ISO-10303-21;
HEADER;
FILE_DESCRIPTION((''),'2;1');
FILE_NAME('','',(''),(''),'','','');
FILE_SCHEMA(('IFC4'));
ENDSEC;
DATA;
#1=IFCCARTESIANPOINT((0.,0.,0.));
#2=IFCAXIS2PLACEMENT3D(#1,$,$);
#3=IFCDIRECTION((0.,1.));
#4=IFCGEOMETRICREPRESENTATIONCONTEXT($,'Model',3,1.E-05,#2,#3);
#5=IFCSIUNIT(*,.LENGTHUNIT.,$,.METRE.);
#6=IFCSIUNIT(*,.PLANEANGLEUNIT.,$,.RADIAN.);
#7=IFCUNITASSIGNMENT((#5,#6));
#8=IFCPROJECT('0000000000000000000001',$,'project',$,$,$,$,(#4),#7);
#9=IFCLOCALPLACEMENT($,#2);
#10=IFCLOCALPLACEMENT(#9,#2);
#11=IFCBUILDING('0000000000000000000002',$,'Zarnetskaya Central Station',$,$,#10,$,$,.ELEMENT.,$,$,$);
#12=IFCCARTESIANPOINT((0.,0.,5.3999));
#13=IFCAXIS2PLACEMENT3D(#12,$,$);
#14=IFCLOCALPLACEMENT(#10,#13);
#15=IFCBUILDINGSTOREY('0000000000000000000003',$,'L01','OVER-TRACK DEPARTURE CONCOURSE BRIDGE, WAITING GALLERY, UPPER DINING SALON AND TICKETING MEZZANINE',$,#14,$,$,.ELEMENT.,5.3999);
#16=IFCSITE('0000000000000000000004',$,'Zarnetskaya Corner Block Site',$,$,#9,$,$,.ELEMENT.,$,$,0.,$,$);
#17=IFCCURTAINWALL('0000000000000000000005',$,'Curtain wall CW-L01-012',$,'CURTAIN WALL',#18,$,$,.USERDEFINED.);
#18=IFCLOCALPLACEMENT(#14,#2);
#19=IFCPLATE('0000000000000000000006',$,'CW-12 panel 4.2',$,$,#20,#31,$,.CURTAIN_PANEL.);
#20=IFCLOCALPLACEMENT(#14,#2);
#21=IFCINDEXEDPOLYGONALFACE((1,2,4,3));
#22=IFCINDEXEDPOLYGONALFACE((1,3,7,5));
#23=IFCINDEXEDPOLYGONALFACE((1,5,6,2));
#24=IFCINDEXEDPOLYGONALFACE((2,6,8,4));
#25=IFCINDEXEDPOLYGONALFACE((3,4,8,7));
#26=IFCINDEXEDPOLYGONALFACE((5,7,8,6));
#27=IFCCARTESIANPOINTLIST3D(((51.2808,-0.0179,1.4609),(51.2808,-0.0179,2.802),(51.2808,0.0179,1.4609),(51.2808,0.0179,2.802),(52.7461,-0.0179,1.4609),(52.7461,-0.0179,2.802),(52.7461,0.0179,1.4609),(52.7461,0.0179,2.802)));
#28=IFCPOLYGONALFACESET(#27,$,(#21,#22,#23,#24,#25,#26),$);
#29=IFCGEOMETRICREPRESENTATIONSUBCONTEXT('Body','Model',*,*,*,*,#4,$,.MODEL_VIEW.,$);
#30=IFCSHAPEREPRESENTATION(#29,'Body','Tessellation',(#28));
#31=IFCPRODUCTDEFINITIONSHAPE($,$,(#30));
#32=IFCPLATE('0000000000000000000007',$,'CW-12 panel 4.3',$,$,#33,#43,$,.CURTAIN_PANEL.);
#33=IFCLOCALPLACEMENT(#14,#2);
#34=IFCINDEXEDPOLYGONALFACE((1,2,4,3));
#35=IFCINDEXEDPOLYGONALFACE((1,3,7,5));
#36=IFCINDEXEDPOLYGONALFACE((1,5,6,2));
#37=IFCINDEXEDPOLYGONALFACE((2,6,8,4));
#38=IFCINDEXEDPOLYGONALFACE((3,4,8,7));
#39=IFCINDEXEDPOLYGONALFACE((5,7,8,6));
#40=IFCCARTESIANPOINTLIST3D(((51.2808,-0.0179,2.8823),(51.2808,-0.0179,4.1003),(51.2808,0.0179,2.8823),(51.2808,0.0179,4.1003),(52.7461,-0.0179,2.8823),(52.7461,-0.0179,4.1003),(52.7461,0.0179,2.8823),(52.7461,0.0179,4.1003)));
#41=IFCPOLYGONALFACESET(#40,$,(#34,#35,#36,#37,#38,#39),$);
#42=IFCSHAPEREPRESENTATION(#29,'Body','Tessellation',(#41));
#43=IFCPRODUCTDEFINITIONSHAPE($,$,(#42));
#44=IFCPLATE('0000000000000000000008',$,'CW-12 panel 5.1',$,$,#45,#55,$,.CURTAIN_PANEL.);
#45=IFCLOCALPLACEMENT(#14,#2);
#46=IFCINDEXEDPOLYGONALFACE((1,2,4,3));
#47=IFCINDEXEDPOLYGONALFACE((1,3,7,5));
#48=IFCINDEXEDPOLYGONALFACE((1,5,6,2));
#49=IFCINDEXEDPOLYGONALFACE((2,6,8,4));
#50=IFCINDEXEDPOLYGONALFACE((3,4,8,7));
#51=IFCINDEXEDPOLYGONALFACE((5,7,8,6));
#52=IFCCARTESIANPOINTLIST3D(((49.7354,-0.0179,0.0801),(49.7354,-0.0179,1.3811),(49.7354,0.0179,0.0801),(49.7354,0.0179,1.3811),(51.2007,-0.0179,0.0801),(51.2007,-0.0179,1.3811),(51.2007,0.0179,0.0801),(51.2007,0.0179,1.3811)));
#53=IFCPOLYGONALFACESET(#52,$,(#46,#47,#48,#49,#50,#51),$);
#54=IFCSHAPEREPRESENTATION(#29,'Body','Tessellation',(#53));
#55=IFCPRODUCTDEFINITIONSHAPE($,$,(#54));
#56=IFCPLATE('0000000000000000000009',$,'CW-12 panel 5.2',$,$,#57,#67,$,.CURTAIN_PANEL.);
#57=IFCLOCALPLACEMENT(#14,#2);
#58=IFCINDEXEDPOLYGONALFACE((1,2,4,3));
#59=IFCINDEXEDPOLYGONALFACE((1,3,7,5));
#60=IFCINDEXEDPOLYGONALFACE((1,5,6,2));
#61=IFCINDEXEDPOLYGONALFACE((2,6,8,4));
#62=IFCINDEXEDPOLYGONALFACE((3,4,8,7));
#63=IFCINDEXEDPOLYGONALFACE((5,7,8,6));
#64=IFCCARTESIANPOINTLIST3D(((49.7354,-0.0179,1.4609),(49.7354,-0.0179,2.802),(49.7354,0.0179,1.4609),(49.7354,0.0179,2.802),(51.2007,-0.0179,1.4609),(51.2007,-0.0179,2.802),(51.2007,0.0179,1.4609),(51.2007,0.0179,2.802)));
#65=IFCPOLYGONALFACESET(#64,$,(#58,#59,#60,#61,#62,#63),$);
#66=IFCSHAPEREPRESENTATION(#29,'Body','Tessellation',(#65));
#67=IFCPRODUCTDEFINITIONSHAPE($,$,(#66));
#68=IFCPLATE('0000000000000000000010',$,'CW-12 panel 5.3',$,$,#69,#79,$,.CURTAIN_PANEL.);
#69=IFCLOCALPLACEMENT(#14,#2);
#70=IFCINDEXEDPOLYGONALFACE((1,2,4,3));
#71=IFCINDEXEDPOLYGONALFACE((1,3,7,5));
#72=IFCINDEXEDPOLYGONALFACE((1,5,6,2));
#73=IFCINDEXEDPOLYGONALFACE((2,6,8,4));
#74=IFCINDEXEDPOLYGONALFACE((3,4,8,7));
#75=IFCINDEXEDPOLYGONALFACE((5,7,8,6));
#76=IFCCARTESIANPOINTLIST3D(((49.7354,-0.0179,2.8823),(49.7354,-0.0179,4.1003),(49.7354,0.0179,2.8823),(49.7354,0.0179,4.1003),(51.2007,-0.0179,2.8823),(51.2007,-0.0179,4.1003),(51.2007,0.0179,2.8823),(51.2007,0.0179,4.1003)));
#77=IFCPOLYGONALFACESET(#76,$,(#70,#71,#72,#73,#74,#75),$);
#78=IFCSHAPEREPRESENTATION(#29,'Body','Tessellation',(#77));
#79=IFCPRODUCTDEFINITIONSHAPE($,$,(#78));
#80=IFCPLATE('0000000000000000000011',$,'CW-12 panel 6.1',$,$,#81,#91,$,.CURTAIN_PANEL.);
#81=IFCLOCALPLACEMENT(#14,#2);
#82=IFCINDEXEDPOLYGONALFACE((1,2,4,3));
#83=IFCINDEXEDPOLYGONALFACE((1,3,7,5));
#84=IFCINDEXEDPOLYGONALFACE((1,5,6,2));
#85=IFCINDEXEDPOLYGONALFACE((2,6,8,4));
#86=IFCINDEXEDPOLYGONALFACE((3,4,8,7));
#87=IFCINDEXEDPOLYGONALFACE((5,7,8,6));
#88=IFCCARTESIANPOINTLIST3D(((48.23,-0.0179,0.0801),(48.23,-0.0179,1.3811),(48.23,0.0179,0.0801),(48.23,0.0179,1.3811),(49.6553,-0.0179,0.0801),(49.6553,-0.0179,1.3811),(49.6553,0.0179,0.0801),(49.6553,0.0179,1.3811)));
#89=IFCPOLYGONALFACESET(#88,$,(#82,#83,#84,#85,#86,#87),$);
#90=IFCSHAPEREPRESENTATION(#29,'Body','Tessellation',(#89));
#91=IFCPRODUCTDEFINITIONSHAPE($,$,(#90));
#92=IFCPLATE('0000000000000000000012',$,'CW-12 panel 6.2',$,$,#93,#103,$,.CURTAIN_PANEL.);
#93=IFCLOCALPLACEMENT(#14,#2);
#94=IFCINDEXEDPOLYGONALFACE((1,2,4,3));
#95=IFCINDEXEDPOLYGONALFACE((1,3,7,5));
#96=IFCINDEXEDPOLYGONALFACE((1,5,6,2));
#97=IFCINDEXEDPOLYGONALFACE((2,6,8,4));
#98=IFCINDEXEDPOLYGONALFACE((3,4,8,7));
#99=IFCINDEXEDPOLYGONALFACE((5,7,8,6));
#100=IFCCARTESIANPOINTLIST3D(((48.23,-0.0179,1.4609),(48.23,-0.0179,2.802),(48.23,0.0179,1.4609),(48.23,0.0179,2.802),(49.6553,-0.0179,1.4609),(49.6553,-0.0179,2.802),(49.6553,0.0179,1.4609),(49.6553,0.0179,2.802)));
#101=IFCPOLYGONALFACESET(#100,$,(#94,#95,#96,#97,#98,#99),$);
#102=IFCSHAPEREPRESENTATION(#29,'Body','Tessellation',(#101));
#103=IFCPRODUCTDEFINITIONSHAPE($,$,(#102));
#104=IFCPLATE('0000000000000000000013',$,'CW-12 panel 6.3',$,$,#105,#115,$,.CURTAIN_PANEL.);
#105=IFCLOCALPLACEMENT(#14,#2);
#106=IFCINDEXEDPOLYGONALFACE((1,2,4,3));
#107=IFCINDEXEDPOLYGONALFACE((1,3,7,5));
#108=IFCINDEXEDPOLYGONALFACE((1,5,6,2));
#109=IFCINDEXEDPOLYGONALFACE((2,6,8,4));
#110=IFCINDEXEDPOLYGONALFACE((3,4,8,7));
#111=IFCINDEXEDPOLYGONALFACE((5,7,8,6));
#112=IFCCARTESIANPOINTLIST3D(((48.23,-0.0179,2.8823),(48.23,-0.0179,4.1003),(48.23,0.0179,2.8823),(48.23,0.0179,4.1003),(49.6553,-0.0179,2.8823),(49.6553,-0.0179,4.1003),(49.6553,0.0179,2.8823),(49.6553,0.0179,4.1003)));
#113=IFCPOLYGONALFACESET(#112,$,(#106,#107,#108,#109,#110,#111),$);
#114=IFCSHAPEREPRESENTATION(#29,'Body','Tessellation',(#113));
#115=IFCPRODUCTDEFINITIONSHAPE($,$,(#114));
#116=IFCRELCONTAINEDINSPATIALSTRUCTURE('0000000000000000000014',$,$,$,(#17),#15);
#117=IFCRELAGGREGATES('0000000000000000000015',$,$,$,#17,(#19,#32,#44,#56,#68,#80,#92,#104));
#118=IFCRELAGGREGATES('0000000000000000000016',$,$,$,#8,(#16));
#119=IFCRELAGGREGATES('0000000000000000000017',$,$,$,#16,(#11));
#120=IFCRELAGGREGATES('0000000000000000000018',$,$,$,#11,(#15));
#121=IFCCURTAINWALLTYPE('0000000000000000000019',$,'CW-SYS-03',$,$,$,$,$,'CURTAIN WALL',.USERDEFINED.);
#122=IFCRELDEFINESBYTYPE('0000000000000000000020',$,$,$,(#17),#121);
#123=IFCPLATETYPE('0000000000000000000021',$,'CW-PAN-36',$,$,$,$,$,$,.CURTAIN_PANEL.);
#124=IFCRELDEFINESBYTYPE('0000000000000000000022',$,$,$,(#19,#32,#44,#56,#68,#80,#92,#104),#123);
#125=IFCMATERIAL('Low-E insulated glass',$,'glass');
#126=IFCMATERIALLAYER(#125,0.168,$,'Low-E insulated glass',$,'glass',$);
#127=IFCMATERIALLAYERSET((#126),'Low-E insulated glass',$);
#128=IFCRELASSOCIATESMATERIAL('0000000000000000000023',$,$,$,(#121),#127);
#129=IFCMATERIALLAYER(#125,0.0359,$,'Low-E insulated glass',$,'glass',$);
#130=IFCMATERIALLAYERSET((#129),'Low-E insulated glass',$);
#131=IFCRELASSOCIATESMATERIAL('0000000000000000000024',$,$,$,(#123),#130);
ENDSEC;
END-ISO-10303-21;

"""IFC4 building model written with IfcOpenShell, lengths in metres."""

from ifc_helpers import new_model, si_unit, direction, frame, origin, origin_2d, place, context, subcontext, project, spatial, rectangle, extrude, material, layer, layer_set, type_object, element, aggregate, save


model = new_model("IFC4")

# Units and contexts
model_context = context("Model", 3, precision=1e-05, world=origin(), true_north=direction((0.0, 1.0)))
body_context = subcontext(model_context, "Body", "Model", "MODEL_VIEW")
ifc_project = project(units=[si_unit("LENGTHUNIT", "METRE"), si_unit("PLANEANGLEUNIT", "RADIAN")], contexts=[model_context])

# Site, building, storey
site_placement = place(None, origin())
site = spatial("IfcSite", under=ifc_project, at=site_placement, Name="Zarnetskaya Corner Block Site", CompositionType="ELEMENT", RefElevation=0.0)
building_placement = place(site_placement, origin())
building = spatial("IfcBuilding", under=site, at=building_placement, Name="Zarnetskaya Central Station", CompositionType="ELEMENT")
storey_placement = place(building_placement, frame((0.0, 0.0, 5.3999)))
storey = spatial("IfcBuildingStorey", under=building, at=storey_placement, Name="L01", Description="OVER-TRACK DEPARTURE CONCOURSE BRIDGE, WAITING GALLERY, UPPER DINING SALON AND TICKETING MEZZANINE", CompositionType="ELEMENT", Elevation=5.3999)

# Curtain wall
ifc_material_1 = material(Name="Low-E insulated glass", Category="glass")
ifc_layer_1 = layer(ifc_material_1, 0.168, Name="Low-E insulated glass", Category="glass")
ifc_layer_set_1 = layer_set([ifc_layer_1], Name="Low-E insulated glass")
curtain_wall_type = type_object("IfcCurtainWallType", Name="CW-SYS-03", ElementType="CURTAIN WALL", PredefinedType="USERDEFINED", material=ifc_layer_set_1)
curtain_wall_placement = place(storey_placement, origin())
curtain_wall = element("IfcCurtainWall", 1, at=curtain_wall_placement, inside=storey, type_object=curtain_wall_type, Name="Curtain wall CW-L01-012", ObjectType="CURTAIN WALL", PredefinedType="USERDEFINED")

# Plates
ifc_layer_2 = layer(ifc_material_1, 0.0359, Name="Low-E insulated glass", Category="glass")
ifc_layer_set_2 = layer_set([ifc_layer_2], Name="Low-E insulated glass")
plate_type = type_object("IfcPlateType", Name="CW-PAN-36", PredefinedType="CURTAIN_PANEL", material=ifc_layer_set_2)
plate_1_placement = place(storey_placement, frame((52.0134, 0.0, 1.4609), z_axis=(0.0, 0.0, 1.0), x_axis=(-1.0, 0.0, 0.0)))
plate_1 = element("IfcPlate", 2, at=plate_1_placement, type_object=plate_type, Name="CW-12 panel 4.2", PredefinedType="CURTAIN_PANEL", context=body_context, shape_type="SweptSolid", body=[
    extrude(rectangle(XDim=1.4653, YDim=0.0359, at=origin_2d()), origin(), (0.0, 0.0, 1.0), 1.3411),
])
plate_2_placement = place(storey_placement, frame((52.0134, 0.0, 2.8823), z_axis=(0.0, 0.0, 1.0), x_axis=(-1.0, 0.0, 0.0)))
plate_2 = element("IfcPlate", 3, at=plate_2_placement, type_object=plate_type, Name="CW-12 panel 4.3", PredefinedType="CURTAIN_PANEL", context=body_context, shape_type="SweptSolid", body=[
    extrude(rectangle(XDim=1.4653, YDim=0.0359, at=origin_2d()), origin(), (0.0, 0.0, 1.0), 1.218),
])
plate_3_placement = place(storey_placement, frame((50.468, 0.0, 0.0801), z_axis=(0.0, 0.0, 1.0), x_axis=(-1.0, 0.0, 0.0)))
plate_3 = element("IfcPlate", 4, at=plate_3_placement, type_object=plate_type, Name="CW-12 panel 5.1", PredefinedType="CURTAIN_PANEL", context=body_context, shape_type="SweptSolid", body=[
    extrude(rectangle(XDim=1.4653, YDim=0.0359, at=origin_2d()), origin(), (0.0, 0.0, 1.0), 1.301),
])
plate_4_placement = place(storey_placement, frame((50.468, 0.0, 1.4609), z_axis=(0.0, 0.0, 1.0), x_axis=(-1.0, 0.0, 0.0)))
plate_4 = element("IfcPlate", 5, at=plate_4_placement, type_object=plate_type, Name="CW-12 panel 5.2", PredefinedType="CURTAIN_PANEL", context=body_context, shape_type="SweptSolid", body=[
    extrude(rectangle(XDim=1.4653, YDim=0.0359, at=origin_2d()), origin(), (0.0, 0.0, 1.0), 1.3411),
])
plate_5_placement = place(storey_placement, frame((50.468, 0.0, 2.8823), z_axis=(0.0, 0.0, 1.0), x_axis=(-1.0, 0.0, 0.0)))
plate_5 = element("IfcPlate", 6, at=plate_5_placement, type_object=plate_type, Name="CW-12 panel 5.3", PredefinedType="CURTAIN_PANEL", context=body_context, shape_type="SweptSolid", body=[
    extrude(rectangle(XDim=1.4653, YDim=0.0359, at=origin_2d()), origin(), (0.0, 0.0, 1.0), 1.218),
])
plate_6_placement = place(storey_placement, frame((48.9426, 0.0, 0.0801), z_axis=(0.0, 0.0, 1.0), x_axis=(-1.0, 0.0, 0.0)))
plate_6 = element("IfcPlate", 7, at=plate_6_placement, type_object=plate_type, Name="CW-12 panel 6.1", PredefinedType="CURTAIN_PANEL", context=body_context, shape_type="SweptSolid", body=[
    extrude(rectangle(XDim=1.4253, YDim=0.0359, at=origin_2d()), origin(), (0.0, 0.0, 1.0), 1.301),
])
plate_7_placement = place(storey_placement, frame((48.9426, 0.0, 1.4609), z_axis=(0.0, 0.0, 1.0), x_axis=(-1.0, 0.0, 0.0)))
plate_7 = element("IfcPlate", 8, at=plate_7_placement, type_object=plate_type, Name="CW-12 panel 6.2", PredefinedType="CURTAIN_PANEL", context=body_context, shape_type="SweptSolid", body=[
    extrude(rectangle(XDim=1.4253, YDim=0.0359, at=origin_2d()), origin(), (0.0, 0.0, 1.0), 1.3411),
])
plate_8_placement = place(storey_placement, frame((48.9426, 0.0, 2.8823), z_axis=(0.0, 0.0, 1.0), x_axis=(-1.0, 0.0, 0.0)))
plate_8 = element("IfcPlate", 9, at=plate_8_placement, type_object=plate_type, Name="CW-12 panel 6.3", PredefinedType="CURTAIN_PANEL", context=body_context, shape_type="SweptSolid", body=[
    extrude(rectangle(XDim=1.4253, YDim=0.0359, at=origin_2d()), origin(), (0.0, 0.0, 1.0), 1.218),
])
aggregate(curtain_wall, [plate_1, plate_2, plate_3, plate_4, plate_5, plate_6, plate_7, plate_8])

save(model, "model.ifc")
